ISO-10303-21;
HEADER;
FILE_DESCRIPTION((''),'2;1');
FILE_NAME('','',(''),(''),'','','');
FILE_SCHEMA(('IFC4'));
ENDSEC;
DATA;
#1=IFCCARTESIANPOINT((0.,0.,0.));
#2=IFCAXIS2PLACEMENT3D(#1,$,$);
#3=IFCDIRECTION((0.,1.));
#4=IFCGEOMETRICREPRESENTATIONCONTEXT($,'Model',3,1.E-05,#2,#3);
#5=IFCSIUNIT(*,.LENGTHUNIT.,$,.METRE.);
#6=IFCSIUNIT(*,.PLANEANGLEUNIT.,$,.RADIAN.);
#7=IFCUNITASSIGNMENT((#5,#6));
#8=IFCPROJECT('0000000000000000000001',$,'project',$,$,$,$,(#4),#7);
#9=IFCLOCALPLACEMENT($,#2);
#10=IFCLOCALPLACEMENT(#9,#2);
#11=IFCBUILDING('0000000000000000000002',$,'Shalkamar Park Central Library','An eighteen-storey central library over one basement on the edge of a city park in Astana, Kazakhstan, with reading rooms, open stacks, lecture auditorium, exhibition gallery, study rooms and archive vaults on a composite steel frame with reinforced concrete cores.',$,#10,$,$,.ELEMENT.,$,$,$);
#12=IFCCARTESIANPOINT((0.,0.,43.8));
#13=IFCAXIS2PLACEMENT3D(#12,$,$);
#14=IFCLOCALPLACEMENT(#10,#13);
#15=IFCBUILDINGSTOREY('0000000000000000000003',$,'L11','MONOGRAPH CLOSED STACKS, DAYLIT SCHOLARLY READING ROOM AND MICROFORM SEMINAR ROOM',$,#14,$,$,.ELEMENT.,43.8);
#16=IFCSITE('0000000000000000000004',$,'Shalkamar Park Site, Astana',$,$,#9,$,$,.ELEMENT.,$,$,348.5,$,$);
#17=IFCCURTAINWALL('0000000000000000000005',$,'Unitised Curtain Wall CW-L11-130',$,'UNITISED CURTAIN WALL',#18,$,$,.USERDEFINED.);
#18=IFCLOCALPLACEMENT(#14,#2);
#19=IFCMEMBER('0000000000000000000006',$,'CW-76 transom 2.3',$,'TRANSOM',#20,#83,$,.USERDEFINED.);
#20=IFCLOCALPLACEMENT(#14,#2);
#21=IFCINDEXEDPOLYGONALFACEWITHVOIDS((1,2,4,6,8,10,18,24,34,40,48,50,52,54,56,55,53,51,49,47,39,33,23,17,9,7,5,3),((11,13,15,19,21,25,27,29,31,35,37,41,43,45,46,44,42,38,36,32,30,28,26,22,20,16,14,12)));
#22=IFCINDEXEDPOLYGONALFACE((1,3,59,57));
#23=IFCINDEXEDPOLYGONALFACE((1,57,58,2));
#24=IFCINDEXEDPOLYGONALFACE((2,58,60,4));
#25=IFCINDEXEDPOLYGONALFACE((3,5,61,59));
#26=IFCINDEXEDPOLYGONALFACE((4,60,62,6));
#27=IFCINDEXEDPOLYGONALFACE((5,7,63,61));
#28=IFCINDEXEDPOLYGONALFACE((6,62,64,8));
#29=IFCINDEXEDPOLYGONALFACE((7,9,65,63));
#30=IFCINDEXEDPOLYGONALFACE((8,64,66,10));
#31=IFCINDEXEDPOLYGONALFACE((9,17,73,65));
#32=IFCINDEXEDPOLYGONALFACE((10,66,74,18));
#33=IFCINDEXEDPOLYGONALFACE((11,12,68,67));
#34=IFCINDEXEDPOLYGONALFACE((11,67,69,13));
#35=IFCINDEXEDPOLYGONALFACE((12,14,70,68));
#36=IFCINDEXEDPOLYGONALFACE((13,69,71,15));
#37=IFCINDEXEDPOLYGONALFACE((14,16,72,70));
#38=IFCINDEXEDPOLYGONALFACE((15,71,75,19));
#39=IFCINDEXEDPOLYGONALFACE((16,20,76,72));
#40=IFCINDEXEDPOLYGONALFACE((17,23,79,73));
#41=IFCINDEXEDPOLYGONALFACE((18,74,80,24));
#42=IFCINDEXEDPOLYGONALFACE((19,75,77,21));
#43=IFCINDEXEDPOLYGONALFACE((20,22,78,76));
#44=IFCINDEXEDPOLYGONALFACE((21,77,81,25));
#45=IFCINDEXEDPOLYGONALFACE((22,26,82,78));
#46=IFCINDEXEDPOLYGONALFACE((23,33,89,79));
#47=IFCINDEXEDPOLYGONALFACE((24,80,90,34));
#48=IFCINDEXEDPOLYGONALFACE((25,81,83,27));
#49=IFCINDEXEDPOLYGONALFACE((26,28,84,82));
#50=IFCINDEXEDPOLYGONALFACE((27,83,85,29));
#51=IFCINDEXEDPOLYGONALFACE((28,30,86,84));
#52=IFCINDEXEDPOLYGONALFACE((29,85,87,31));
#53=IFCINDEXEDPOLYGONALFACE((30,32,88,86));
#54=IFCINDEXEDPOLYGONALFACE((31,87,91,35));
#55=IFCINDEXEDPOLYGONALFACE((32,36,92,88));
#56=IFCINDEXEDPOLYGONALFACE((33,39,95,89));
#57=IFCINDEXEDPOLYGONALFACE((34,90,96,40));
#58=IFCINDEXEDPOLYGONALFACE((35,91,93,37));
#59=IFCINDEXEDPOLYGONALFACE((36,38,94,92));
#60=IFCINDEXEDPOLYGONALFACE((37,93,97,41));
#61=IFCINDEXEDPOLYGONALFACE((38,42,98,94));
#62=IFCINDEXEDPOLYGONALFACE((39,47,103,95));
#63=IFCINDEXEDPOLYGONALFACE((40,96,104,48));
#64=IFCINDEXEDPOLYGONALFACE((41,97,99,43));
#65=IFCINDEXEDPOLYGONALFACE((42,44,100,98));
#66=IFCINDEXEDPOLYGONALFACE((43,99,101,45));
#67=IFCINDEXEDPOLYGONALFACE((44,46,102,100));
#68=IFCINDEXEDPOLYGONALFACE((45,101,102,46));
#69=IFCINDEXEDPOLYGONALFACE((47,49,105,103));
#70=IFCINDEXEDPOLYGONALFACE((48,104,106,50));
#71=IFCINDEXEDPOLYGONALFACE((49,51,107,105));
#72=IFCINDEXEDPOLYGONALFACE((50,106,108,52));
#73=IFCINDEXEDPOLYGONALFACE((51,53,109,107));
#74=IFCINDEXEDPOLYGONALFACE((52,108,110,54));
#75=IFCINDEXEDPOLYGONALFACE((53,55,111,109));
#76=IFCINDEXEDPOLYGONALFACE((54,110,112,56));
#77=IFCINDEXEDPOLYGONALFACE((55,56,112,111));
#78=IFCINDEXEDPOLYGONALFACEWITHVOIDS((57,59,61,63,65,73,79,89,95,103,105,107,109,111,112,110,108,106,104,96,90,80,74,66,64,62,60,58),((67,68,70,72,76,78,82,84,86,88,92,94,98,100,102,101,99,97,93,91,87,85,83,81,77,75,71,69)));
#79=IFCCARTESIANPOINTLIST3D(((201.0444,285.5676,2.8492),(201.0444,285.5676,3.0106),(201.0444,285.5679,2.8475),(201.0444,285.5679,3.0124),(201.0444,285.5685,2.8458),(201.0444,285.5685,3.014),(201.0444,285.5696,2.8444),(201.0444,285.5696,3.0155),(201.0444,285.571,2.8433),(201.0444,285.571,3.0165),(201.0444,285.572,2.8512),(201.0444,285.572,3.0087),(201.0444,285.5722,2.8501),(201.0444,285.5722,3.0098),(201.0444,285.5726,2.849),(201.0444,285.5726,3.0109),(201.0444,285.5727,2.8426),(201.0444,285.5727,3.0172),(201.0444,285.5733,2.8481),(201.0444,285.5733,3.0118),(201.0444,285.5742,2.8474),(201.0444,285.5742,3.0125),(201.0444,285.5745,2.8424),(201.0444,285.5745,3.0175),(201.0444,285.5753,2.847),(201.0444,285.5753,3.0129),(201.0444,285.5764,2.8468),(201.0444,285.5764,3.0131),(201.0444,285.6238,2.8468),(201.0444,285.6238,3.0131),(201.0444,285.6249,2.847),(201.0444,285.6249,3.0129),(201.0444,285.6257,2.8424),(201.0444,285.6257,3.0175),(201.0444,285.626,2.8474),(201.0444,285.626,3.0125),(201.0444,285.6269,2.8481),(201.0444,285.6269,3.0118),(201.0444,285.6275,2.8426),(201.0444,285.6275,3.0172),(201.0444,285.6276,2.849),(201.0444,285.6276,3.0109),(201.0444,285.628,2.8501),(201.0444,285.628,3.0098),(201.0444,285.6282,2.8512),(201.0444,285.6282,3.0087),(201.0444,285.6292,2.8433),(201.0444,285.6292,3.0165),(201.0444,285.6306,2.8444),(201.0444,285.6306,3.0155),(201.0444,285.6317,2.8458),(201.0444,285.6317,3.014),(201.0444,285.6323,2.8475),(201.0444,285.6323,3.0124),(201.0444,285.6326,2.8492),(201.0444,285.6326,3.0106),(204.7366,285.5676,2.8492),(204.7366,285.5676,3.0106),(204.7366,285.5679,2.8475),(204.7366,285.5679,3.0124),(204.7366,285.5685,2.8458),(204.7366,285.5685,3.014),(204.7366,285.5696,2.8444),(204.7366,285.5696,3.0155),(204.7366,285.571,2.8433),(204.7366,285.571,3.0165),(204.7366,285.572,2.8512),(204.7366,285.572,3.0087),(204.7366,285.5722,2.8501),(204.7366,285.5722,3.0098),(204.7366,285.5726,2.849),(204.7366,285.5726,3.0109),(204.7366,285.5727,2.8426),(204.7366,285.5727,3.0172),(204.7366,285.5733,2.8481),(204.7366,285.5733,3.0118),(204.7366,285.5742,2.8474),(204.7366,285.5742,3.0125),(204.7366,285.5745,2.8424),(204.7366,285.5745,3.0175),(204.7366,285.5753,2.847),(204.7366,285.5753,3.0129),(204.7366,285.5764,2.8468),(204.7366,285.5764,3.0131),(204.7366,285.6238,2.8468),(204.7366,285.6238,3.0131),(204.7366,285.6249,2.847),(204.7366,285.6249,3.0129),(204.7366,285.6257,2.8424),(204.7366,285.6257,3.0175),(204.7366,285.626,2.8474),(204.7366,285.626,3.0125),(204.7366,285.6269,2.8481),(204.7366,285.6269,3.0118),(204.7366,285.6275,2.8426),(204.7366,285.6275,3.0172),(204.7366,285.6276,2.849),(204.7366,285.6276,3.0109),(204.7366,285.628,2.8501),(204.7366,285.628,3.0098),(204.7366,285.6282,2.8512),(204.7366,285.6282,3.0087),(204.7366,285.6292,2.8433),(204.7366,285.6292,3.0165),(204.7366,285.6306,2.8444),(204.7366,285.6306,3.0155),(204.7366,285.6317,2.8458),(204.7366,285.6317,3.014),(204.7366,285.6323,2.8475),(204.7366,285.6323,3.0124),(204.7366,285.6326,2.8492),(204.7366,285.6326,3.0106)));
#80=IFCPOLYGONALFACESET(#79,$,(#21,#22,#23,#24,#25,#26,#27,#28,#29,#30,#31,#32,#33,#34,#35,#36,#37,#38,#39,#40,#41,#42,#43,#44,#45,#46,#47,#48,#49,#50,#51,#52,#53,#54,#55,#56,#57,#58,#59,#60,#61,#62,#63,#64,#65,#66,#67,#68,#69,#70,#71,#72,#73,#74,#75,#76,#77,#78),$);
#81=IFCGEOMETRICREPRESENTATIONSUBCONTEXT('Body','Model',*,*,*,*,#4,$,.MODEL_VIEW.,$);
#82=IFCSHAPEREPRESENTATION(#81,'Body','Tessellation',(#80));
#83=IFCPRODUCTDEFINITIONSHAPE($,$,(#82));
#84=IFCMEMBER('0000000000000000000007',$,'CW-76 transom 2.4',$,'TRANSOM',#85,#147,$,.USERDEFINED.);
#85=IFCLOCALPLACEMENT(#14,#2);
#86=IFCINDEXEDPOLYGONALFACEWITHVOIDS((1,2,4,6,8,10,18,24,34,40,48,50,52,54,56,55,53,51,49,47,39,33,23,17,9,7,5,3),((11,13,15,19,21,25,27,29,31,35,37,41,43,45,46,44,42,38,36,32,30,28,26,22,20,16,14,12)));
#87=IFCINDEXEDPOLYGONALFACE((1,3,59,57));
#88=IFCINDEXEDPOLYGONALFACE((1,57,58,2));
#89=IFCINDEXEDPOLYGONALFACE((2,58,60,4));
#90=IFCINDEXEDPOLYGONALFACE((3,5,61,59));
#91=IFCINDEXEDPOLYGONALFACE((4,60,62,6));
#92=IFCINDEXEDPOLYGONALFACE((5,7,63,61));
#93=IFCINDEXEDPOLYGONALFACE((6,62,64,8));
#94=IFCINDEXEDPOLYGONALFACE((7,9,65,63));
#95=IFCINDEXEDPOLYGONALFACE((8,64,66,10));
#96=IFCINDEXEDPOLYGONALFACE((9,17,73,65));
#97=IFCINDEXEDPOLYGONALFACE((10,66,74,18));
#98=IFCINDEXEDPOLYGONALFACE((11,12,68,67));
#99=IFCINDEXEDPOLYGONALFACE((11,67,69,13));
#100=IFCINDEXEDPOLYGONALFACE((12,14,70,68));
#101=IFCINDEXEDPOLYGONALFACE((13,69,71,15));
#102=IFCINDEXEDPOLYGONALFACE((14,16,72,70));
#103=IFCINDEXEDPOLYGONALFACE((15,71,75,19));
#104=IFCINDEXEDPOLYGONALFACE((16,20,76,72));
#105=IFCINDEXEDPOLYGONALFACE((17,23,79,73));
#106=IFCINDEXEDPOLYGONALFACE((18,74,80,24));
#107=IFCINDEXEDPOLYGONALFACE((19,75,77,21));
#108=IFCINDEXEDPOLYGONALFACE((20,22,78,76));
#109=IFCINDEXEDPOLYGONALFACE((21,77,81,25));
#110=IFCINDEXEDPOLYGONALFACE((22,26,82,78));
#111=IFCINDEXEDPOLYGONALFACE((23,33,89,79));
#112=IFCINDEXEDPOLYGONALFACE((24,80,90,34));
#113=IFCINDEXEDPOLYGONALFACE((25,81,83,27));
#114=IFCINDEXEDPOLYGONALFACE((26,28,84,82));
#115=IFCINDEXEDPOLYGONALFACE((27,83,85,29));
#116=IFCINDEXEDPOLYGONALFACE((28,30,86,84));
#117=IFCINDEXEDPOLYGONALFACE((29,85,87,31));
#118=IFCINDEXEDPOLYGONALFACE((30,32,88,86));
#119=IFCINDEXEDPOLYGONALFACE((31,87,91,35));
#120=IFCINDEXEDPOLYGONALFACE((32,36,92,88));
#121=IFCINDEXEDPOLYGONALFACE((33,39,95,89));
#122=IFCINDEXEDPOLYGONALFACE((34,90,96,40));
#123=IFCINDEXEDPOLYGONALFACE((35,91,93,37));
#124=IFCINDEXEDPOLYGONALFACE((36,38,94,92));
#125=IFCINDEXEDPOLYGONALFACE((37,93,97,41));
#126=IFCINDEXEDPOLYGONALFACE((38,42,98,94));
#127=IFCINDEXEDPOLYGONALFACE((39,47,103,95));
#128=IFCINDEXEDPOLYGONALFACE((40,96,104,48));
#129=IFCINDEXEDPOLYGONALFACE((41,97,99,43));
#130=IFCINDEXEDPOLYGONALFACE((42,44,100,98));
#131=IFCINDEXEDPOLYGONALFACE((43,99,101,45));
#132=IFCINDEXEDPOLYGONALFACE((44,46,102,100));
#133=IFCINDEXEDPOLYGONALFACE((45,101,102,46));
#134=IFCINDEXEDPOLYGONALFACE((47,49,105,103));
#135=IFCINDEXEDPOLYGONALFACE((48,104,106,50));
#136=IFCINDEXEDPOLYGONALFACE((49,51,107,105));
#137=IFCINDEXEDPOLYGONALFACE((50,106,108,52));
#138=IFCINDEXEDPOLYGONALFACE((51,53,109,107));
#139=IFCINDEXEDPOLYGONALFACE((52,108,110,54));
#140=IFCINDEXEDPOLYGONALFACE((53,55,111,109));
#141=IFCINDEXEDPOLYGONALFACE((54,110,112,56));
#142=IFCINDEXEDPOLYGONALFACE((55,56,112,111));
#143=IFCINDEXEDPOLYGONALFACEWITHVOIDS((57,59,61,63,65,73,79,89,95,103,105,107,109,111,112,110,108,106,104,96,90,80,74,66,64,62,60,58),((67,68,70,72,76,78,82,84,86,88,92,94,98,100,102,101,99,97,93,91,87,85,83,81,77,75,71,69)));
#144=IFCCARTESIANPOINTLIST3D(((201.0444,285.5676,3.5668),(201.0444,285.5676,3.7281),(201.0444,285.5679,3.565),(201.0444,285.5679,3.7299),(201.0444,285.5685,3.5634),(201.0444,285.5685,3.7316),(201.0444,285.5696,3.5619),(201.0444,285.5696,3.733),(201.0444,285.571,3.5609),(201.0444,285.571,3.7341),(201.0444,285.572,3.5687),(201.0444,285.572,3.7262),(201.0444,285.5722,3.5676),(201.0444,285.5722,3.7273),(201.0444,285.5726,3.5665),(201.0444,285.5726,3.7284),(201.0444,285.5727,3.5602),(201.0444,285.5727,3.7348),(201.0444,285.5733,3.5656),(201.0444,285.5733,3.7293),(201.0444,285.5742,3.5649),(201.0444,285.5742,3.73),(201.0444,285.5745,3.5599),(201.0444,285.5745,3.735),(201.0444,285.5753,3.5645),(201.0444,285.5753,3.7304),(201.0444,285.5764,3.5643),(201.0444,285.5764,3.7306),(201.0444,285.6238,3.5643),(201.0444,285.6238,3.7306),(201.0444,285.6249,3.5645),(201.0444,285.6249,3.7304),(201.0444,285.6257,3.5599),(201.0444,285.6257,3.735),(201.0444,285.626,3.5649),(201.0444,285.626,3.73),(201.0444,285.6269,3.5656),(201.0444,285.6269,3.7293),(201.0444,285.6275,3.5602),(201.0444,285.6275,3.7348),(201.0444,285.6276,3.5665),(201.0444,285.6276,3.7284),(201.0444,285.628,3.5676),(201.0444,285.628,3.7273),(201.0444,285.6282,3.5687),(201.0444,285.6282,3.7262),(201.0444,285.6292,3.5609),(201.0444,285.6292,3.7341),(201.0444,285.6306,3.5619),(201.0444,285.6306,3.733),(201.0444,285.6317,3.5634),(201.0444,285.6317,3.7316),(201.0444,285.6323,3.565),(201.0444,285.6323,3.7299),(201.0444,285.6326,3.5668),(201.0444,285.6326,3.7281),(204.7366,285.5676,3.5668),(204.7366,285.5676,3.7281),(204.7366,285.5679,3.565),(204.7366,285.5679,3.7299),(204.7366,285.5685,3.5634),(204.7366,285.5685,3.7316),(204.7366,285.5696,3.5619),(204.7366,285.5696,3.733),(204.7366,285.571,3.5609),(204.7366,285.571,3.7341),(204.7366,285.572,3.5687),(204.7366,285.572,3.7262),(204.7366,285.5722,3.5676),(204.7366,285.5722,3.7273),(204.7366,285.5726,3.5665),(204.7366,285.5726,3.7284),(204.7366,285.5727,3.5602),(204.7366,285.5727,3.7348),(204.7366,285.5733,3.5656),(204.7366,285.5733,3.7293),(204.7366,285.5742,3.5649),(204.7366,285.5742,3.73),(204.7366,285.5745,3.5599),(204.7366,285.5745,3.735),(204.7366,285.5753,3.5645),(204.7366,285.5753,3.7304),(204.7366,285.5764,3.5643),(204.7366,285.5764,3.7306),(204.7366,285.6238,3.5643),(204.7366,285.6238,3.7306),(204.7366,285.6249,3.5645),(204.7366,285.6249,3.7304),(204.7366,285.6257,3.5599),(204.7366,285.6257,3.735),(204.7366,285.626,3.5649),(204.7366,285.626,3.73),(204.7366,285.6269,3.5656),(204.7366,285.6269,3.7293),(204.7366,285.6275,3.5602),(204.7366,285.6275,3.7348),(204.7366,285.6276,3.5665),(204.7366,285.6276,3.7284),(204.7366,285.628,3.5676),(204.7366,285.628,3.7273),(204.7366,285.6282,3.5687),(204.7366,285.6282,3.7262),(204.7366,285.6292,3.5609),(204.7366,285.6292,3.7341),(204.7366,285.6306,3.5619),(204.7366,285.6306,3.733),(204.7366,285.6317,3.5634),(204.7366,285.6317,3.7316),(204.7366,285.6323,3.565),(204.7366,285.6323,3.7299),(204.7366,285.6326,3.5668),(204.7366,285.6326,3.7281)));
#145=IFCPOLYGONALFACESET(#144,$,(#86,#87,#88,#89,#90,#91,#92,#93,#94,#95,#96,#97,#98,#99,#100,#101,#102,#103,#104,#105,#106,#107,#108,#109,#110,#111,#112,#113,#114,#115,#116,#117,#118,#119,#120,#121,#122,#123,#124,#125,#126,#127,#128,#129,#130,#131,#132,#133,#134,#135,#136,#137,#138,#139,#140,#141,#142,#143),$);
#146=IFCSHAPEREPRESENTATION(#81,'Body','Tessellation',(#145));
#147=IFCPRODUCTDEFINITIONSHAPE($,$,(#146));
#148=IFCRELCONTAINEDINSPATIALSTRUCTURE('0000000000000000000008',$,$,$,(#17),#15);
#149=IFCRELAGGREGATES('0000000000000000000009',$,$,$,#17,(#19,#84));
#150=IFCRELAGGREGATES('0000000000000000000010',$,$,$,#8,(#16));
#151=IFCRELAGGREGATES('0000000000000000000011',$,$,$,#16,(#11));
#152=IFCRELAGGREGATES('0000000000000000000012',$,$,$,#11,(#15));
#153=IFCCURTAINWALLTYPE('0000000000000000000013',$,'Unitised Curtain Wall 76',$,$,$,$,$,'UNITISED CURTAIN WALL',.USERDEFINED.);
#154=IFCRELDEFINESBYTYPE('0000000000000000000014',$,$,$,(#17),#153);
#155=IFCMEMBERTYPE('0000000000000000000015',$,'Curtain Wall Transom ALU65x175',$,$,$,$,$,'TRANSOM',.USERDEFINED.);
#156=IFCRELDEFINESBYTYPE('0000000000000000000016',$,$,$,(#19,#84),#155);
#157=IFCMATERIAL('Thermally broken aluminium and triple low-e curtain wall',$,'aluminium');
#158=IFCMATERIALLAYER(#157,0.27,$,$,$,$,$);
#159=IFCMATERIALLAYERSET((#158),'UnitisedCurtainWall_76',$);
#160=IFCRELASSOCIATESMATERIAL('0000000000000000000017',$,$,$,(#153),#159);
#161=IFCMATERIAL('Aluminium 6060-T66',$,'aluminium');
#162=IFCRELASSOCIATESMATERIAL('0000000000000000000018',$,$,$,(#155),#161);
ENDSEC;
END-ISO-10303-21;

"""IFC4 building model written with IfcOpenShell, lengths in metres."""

from ifc_helpers import new_model, si_unit, direction, frame, origin, origin_2d, place, context, subcontext, project, spatial, hollow_rectangle, extrude, material, layer, layer_set, material_profile, profile_set, type_object, element, aggregate, save


model = new_model("IFC4")

# Units and contexts
model_context = context("Model", 3, precision=1e-05, world=origin(), true_north=direction((0.0, 1.0)))
body_context = subcontext(model_context, "Body", "Model", "MODEL_VIEW")
ifc_project = project(units=[si_unit("LENGTHUNIT", "METRE"), si_unit("PLANEANGLEUNIT", "RADIAN")], contexts=[model_context])

# Site, building, storey
site_placement = place(None, origin())
site = spatial("IfcSite", under=ifc_project, at=site_placement, Name="Shalkamar Park Site, Astana", CompositionType="ELEMENT", RefElevation=348.5)
building_placement = place(site_placement, origin())
building = spatial("IfcBuilding", under=site, at=building_placement, Name="Shalkamar Park Central Library", Description="An eighteen-storey central library over one basement on the edge of a city park in Astana, Kazakhstan, with reading rooms, open stacks, lecture auditorium, exhibition gallery, study rooms and archive vaults on a composite steel frame with reinforced concrete cores.", CompositionType="ELEMENT")
storey_placement = place(building_placement, frame((0.0, 0.0, 43.8)))
storey = spatial("IfcBuildingStorey", under=building, at=storey_placement, Name="L11", Description="MONOGRAPH CLOSED STACKS, DAYLIT SCHOLARLY READING ROOM AND MICROFORM SEMINAR ROOM", CompositionType="ELEMENT", Elevation=43.8)

# Curtain wall
ifc_material_1 = material(Name="Thermally broken aluminium and triple low-e curtain wall", Category="aluminium")
ifc_layer_1 = layer(ifc_material_1, 0.27)
ifc_layer_set_1 = layer_set([ifc_layer_1], Name="UnitisedCurtainWall_76")
curtain_wall_type_1 = type_object("IfcCurtainWallType", Name="Unitised Curtain Wall 76", ElementType="UNITISED CURTAIN WALL", PredefinedType="USERDEFINED", material=ifc_layer_set_1)
curtain_wall_1_placement = place(storey_placement, origin())
curtain_wall_1 = element("IfcCurtainWall", 1, at=curtain_wall_1_placement, inside=storey, type_object=curtain_wall_type_1, Name="Unitised Curtain Wall CW-L11-130", ObjectType="UNITISED CURTAIN WALL", PredefinedType="USERDEFINED")
ifc_material_2 = material(Name="Aluminium 6060-T66", Category="aluminium")

# Members
ifc_material_profile_1 = material_profile(ifc_material_2, hollow_rectangle(XDim=0.0649, YDim=0.175, WallThickness=0.0044, InnerFilletRadius=0.0044, OuterFilletRadius=0.0068, at=origin_2d()), Name="ALU 65x175x4.5")
ifc_profile_set_1 = profile_set([ifc_material_profile_1], Name="Aluminium 6060-T66")
member_type_1 = type_object("IfcMemberType", Name="Curtain Wall Transom ALU65x175", ElementType="TRANSOM", PredefinedType="USERDEFINED", material=ifc_profile_set_1)
member_1_placement = place(storey_placement, frame((201.0444, 285.6001, 2.9299), z_axis=(1.0, 0.0, 0.0), x_axis=(0.0, 1.0, 0.0)))
member_1 = element("IfcMember", 2, at=member_1_placement, type_object=member_type_1, Name="CW-76 transom 2.3", ObjectType="TRANSOM", PredefinedType="USERDEFINED", context=body_context, shape_type="SweptSolid", body=[
    extrude(hollow_rectangle(XDim=0.0649, YDim=0.175, WallThickness=0.0044, InnerFilletRadius=0.0044, OuterFilletRadius=0.0068, at=origin_2d()), origin(), (0.0, 0.0, 1.0), 3.6921),
])
member_2_placement = place(storey_placement, frame((201.0444, 285.6001, 3.6475), z_axis=(1.0, 0.0, 0.0), x_axis=(0.0, 1.0, 0.0)))
member_2 = element("IfcMember", 3, at=member_2_placement, type_object=member_type_1, Name="CW-76 transom 2.4", ObjectType="TRANSOM", PredefinedType="USERDEFINED", context=body_context, shape_type="SweptSolid", body=[
    extrude(hollow_rectangle(XDim=0.0649, YDim=0.175, WallThickness=0.0044, InnerFilletRadius=0.0044, OuterFilletRadius=0.0068, at=origin_2d()), origin(), (0.0, 0.0, 1.0), 3.6921),
])

aggregate(curtain_wall_1, [member_1, member_2])

save(model, "model.ifc")
